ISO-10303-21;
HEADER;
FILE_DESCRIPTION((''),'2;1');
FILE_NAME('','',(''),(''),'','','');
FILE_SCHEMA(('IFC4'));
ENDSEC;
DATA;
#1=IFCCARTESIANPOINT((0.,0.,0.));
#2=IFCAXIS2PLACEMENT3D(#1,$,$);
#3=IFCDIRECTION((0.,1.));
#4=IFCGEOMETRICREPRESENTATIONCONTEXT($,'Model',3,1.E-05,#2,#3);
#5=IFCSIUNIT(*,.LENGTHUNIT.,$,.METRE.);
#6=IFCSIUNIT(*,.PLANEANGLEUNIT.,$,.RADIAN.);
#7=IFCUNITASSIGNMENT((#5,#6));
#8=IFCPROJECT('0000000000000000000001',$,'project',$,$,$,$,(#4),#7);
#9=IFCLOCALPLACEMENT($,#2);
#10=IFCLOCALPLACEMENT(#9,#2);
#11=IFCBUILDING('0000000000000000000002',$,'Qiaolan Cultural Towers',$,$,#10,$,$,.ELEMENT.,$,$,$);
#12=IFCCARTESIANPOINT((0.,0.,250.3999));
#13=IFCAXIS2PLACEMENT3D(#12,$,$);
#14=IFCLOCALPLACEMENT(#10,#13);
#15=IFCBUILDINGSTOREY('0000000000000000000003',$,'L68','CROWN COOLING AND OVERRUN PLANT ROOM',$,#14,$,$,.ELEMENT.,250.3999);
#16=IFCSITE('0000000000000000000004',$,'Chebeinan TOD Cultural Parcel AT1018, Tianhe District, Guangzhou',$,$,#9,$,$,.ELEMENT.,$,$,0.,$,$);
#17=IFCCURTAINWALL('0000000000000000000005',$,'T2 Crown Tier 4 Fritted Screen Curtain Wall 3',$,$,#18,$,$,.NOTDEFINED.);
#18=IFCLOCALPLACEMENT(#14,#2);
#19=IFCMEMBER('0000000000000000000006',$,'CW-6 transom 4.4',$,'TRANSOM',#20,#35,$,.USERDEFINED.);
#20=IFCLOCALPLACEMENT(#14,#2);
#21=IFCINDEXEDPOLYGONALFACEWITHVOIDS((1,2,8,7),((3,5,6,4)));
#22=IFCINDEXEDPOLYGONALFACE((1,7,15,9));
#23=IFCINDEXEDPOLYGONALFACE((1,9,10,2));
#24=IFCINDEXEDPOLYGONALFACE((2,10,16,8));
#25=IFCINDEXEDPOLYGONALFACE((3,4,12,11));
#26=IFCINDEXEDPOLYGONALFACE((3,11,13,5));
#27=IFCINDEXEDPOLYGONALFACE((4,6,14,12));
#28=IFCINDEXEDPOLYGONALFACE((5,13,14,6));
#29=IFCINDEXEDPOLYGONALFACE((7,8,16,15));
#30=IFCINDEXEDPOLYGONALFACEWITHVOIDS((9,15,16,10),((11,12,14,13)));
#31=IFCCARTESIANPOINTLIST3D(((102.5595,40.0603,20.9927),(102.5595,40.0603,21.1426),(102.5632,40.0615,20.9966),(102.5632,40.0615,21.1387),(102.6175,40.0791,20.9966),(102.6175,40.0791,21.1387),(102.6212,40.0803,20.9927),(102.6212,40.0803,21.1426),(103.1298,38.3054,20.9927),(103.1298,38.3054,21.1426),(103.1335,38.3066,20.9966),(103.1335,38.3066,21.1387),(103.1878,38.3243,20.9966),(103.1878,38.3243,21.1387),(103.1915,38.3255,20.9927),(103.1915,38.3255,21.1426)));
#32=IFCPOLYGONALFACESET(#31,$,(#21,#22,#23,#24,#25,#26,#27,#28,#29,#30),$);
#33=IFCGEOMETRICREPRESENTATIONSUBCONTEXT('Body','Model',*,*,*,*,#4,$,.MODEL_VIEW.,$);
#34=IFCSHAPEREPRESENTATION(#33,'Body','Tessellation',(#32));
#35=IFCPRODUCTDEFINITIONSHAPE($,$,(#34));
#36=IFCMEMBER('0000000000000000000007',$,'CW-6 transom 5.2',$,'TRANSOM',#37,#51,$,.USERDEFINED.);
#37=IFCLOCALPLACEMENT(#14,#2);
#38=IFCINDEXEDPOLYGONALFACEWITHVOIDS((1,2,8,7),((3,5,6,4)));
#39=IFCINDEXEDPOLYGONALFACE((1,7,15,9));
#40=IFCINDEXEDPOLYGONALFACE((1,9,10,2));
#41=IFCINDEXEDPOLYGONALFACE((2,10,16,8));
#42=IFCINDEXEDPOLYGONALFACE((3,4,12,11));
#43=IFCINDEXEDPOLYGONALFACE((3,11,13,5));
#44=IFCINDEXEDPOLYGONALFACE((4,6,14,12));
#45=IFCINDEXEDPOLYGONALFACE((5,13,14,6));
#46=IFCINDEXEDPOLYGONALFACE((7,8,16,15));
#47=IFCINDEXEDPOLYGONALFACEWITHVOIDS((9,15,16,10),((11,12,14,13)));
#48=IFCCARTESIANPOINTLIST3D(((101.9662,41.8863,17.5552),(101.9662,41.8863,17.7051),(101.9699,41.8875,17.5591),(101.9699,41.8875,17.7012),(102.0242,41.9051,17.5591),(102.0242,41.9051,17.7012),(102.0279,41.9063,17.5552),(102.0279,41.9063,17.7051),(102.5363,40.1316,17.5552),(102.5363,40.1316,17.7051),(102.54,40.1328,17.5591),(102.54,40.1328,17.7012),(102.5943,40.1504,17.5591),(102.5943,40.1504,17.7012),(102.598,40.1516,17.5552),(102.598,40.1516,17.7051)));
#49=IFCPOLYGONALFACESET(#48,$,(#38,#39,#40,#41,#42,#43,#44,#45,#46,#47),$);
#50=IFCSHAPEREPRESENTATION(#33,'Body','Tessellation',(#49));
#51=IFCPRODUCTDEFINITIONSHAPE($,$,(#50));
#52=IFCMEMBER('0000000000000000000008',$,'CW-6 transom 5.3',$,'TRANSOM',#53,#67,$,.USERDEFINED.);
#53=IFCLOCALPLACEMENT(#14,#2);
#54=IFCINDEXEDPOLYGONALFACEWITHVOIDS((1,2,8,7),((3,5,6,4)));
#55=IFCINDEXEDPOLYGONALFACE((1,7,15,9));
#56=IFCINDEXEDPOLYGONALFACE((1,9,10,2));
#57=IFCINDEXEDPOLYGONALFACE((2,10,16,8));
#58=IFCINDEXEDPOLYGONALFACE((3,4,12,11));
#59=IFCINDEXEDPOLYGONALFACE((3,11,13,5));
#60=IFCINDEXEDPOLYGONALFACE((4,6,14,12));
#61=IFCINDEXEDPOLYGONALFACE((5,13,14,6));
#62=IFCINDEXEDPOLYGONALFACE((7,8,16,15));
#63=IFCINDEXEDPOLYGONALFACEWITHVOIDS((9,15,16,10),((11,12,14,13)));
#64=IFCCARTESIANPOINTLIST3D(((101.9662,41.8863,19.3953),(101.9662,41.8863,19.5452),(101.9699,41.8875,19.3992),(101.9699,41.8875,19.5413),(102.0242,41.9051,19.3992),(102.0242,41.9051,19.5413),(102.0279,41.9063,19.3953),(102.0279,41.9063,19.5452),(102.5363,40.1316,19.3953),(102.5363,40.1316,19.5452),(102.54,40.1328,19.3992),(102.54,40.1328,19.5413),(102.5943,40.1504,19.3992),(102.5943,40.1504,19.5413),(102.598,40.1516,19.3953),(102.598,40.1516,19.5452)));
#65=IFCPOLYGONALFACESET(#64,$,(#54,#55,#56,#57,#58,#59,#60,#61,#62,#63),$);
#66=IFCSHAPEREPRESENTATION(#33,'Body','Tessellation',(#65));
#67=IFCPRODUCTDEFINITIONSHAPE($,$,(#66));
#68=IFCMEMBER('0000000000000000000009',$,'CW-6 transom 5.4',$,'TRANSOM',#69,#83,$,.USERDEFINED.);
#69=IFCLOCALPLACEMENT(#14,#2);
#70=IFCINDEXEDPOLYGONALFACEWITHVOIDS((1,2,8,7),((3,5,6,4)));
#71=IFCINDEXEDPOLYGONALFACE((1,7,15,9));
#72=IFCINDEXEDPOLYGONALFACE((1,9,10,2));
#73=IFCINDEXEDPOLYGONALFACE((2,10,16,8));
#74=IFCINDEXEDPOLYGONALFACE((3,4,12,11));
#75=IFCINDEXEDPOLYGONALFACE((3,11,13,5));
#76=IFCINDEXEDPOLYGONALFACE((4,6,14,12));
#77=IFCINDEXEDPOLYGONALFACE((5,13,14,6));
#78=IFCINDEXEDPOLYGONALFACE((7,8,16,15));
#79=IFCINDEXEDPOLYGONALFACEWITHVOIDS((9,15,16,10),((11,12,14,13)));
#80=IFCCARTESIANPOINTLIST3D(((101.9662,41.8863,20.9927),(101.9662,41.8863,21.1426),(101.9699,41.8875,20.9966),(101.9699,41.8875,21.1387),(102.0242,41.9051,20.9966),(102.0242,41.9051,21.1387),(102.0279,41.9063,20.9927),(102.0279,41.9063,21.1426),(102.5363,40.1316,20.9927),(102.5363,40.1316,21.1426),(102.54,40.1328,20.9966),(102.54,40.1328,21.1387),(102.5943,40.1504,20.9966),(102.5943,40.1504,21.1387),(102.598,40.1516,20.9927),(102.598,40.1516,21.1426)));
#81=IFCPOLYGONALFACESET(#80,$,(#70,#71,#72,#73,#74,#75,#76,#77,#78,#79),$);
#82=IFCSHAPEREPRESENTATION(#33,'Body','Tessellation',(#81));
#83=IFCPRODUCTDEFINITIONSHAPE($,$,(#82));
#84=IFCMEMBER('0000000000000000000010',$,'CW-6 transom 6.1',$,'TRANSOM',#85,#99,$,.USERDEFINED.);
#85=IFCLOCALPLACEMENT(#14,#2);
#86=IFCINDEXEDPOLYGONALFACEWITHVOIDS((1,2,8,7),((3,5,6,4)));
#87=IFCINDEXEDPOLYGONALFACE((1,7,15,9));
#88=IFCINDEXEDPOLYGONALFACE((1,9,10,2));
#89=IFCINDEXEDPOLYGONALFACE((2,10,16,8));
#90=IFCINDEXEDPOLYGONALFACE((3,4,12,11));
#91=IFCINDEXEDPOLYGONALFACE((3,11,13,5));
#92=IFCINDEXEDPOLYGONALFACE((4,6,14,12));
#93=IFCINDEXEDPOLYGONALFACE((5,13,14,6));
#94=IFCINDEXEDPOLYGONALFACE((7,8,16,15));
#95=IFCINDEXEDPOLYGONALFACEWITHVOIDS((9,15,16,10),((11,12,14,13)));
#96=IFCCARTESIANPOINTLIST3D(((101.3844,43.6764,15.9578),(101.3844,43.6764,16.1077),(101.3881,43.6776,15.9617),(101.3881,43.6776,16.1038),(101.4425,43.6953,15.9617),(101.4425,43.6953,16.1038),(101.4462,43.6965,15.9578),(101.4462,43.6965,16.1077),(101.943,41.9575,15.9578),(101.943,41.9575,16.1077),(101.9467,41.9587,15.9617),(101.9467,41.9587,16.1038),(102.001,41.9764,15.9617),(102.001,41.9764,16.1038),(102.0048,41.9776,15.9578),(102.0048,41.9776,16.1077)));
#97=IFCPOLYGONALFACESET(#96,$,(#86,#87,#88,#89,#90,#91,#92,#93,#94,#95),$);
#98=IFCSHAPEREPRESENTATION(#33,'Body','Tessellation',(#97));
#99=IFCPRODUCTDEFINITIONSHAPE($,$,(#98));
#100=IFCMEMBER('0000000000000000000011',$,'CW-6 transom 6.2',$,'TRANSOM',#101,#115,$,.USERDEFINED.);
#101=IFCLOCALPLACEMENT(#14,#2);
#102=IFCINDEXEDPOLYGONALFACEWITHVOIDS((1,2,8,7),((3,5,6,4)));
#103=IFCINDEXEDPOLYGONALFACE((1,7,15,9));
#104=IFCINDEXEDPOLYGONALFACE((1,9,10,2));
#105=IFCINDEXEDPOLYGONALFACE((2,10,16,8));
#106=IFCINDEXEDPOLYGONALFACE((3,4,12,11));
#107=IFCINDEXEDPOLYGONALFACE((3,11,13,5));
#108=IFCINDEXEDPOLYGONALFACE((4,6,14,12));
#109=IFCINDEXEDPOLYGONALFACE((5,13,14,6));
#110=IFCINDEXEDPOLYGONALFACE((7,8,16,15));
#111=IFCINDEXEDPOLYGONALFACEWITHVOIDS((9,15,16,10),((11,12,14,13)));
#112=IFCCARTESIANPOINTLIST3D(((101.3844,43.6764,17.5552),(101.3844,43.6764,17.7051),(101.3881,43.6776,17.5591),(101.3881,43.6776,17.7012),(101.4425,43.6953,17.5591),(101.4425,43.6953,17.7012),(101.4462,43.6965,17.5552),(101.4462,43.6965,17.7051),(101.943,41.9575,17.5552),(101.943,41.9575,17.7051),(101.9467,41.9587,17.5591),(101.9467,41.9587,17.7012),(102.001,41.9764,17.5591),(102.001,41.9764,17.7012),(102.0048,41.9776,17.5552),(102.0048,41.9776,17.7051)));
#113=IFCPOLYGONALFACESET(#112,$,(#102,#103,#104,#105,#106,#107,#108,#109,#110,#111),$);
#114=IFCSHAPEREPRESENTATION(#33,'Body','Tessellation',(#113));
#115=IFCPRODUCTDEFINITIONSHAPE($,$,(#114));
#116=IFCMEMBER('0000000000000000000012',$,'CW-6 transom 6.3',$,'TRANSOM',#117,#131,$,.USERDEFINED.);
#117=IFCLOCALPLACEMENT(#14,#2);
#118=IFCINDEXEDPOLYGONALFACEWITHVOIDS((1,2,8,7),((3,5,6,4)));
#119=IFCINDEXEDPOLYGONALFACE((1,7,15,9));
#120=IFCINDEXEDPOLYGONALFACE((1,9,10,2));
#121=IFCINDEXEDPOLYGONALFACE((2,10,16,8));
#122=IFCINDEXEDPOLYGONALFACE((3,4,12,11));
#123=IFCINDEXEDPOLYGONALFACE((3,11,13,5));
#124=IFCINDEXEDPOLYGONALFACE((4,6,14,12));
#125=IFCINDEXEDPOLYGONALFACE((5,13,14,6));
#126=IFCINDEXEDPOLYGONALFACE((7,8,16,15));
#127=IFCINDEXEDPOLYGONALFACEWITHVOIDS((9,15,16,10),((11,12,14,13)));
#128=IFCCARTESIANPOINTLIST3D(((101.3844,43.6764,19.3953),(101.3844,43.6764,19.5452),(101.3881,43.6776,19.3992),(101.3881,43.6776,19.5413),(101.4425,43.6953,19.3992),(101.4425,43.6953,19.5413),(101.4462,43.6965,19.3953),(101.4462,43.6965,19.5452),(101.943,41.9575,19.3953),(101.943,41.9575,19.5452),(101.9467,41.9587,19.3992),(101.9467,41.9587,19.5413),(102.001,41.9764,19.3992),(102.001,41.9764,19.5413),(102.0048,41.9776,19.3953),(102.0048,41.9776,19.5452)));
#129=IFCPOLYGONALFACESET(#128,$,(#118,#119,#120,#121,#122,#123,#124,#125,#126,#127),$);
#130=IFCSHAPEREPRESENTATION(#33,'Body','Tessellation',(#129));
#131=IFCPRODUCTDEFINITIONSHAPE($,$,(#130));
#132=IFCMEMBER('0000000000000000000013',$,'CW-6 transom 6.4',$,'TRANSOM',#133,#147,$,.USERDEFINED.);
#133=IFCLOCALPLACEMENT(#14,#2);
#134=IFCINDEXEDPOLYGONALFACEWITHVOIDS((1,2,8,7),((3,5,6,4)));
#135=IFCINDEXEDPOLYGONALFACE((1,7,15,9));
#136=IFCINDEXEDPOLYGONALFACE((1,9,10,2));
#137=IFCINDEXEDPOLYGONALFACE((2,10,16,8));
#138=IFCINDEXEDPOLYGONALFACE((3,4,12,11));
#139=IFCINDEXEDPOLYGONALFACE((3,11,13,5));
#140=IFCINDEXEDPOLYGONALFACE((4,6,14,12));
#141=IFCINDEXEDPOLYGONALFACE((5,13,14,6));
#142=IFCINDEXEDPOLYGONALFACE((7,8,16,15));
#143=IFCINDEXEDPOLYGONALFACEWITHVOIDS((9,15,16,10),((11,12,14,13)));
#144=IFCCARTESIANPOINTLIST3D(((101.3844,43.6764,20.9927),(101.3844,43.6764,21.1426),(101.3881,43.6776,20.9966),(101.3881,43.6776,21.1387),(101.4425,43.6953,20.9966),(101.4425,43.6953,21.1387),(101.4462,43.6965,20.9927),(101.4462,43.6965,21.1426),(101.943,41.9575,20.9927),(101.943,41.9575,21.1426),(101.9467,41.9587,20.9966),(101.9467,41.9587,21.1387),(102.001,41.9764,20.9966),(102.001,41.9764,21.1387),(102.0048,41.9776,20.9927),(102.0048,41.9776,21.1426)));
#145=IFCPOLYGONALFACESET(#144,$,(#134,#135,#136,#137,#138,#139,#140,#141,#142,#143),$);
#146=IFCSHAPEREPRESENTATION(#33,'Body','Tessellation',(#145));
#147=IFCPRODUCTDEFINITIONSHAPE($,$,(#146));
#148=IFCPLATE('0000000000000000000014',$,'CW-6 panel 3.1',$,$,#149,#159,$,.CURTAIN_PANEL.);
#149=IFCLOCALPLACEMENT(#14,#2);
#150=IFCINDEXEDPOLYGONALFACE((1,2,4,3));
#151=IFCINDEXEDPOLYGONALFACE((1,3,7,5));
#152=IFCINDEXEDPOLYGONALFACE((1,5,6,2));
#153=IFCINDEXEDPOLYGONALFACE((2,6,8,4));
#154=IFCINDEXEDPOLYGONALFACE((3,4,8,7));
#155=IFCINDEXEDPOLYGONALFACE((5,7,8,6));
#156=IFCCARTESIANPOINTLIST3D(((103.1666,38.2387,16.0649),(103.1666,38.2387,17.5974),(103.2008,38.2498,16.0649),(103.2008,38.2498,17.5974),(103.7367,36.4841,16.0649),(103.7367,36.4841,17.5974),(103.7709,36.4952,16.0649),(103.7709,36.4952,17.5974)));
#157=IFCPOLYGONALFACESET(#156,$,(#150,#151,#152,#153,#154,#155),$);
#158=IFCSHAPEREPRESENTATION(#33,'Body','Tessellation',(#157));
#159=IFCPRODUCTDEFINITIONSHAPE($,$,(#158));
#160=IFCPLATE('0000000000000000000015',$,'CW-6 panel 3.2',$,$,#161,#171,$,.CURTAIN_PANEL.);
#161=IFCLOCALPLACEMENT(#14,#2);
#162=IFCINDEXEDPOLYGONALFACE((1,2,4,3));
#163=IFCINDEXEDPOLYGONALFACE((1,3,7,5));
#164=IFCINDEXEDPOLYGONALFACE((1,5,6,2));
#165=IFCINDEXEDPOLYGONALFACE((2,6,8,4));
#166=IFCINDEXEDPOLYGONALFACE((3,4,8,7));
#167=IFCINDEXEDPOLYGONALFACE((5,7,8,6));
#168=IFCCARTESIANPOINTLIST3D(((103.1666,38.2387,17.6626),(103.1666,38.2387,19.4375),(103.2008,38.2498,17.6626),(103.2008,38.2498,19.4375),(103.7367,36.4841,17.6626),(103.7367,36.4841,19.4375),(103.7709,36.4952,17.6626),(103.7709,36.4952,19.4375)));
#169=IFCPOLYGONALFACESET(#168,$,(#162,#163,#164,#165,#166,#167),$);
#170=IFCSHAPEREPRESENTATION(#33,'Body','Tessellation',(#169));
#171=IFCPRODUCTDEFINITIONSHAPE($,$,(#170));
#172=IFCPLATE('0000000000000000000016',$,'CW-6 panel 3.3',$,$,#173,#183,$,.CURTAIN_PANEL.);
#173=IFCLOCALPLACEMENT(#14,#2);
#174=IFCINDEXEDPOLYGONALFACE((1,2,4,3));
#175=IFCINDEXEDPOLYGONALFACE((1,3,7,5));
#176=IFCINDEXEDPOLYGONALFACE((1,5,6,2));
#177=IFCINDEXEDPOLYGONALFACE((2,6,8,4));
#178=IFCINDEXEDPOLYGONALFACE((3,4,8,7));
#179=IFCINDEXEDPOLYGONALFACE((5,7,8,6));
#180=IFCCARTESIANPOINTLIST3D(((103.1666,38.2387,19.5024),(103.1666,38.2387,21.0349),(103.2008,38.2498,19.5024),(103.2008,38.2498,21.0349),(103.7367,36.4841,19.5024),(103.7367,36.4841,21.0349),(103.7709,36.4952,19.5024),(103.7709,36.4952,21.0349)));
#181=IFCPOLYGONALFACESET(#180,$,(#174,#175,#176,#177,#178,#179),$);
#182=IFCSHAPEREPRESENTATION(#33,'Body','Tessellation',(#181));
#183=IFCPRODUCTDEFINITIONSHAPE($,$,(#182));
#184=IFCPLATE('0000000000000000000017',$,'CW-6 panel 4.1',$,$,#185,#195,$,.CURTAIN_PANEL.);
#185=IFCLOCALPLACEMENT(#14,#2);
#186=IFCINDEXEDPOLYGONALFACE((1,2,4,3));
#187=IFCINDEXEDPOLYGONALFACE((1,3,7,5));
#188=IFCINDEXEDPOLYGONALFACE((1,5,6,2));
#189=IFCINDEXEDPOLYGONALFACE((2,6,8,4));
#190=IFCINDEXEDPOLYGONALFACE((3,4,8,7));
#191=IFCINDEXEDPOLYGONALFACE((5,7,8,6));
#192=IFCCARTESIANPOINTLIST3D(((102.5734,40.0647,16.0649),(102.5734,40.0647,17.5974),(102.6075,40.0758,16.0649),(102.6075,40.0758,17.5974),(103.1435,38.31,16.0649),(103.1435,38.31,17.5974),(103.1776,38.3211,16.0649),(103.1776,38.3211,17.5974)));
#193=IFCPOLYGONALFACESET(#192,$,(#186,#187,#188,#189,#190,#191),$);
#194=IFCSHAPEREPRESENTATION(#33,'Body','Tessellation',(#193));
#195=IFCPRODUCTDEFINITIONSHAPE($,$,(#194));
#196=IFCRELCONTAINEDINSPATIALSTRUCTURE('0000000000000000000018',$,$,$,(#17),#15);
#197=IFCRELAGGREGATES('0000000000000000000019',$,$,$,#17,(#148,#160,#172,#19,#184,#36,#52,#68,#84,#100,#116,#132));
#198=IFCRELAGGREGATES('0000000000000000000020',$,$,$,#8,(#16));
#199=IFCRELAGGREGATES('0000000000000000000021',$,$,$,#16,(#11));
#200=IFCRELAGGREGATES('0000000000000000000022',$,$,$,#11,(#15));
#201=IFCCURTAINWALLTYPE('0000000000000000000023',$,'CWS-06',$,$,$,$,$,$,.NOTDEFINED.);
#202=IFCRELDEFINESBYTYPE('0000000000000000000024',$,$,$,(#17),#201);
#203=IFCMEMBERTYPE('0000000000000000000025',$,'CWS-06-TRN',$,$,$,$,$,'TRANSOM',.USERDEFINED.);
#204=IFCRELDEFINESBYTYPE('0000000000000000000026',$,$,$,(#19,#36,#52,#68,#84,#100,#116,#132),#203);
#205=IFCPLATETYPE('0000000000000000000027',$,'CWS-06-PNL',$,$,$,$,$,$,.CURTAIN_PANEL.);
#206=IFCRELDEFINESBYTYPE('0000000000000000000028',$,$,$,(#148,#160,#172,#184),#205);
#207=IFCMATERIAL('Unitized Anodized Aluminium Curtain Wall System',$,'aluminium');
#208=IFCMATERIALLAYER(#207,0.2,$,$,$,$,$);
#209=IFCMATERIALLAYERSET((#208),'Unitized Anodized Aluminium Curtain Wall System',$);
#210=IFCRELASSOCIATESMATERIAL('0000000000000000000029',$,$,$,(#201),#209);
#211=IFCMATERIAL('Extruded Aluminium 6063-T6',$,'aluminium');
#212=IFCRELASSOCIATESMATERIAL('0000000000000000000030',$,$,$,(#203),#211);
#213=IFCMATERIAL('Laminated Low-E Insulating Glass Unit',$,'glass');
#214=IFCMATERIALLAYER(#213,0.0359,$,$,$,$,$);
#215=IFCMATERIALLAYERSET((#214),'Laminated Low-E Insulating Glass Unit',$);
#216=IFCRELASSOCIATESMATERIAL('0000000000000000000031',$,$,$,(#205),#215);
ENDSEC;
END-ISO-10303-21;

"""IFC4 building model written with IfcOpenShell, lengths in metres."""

from ifc_helpers import new_model, si_unit, direction, frame, origin, origin_2d, place, context, subcontext, project, spatial, rectangle, hollow_rectangle, extrude, material, layer, layer_set, material_profile, profile_set, type_object, element, aggregate, save


model = new_model("IFC4")

# Units and contexts
model_context = context("Model", 3, precision=1e-05, world=origin(), true_north=direction((0.0, 1.0)))
body_context = subcontext(model_context, "Body", "Model", "MODEL_VIEW")
ifc_project = project(units=[si_unit("LENGTHUNIT", "METRE"), si_unit("PLANEANGLEUNIT", "RADIAN")], contexts=[model_context])

# Site, building, storey
site_placement = place(None, origin())
site = spatial("IfcSite", under=ifc_project, at=site_placement, Name="Chebeinan TOD Cultural Parcel AT1018, Tianhe District, Guangzhou", CompositionType="ELEMENT", RefElevation=0.0)
building_placement = place(site_placement, origin())
building = spatial("IfcBuilding", under=site, at=building_placement, Name="Qiaolan Cultural Towers", CompositionType="ELEMENT")
storey_placement = place(building_placement, frame((0.0, 0.0, 250.3999)))
storey = spatial("IfcBuildingStorey", under=building, at=storey_placement, Name="L68", Description="CROWN COOLING AND OVERRUN PLANT ROOM", CompositionType="ELEMENT", Elevation=250.3999)

# Shared definitions
ifc_material_1 = material(Name="Unitized Anodized Aluminium Curtain Wall System", Category="aluminium")
ifc_layer_1 = layer(ifc_material_1, 0.2)
ifc_layer_set_1 = layer_set([ifc_layer_1], Name="Unitized Anodized Aluminium Curtain Wall System")
curtain_wall_type = type_object("IfcCurtainWallType", Name="CWS-06", PredefinedType="NOTDEFINED", material=ifc_layer_set_1)

# Curtain wall, members, plates
curtain_wall_1_placement = place(storey_placement, origin())
curtain_wall_1 = element("IfcCurtainWall", 1, at=curtain_wall_1_placement, inside=storey, type_object=curtain_wall_type, Name="T2 Crown Tier 4 Fritted Screen Curtain Wall 3", PredefinedType="NOTDEFINED")
ifc_material_2 = material(Name="Extruded Aluminium 6063-T6", Category="aluminium")
ifc_material_profile_1 = material_profile(ifc_material_2, hollow_rectangle(XDim=0.0649, YDim=0.1499, WallThickness=0.0039, at=origin_2d()), Name="CWT-150x65x4")
ifc_profile_set_1 = profile_set([ifc_material_profile_1], Name="Extruded Aluminium 6063-T6")
member_type_1 = type_object("IfcMemberType", Name="CWS-06-TRN", ElementType="TRANSOM", PredefinedType="USERDEFINED", material=ifc_profile_set_1)
member_1_placement = place(storey_placement, frame((103.1606, 38.3154, 21.0676), z_axis=(-0.309074, 0.951038, 0.0), x_axis=(-0.951038, -0.309074, 0.0)))
member_1 = element("IfcMember", 2, at=member_1_placement, type_object=member_type_1, Name="CW-6 transom 4.4", ObjectType="TRANSOM", PredefinedType="USERDEFINED", context=body_context, shape_type="SweptSolid", body=[
    extrude(hollow_rectangle(XDim=0.0649, YDim=0.1499, WallThickness=0.0039, at=origin_2d()), origin(), (0.0, 0.0, 1.0), 1.8452),
])
member_2_placement = place(storey_placement, frame((102.5671, 40.1416, 17.6301), z_axis=(-0.308993, 0.951064, 0.0), x_axis=(-0.951064, -0.308993, 0.0)))
member_2 = element("IfcMember", 3, at=member_2_placement, type_object=member_type_1, Name="CW-6 transom 5.2", ObjectType="TRANSOM", PredefinedType="USERDEFINED", context=body_context, shape_type="SweptSolid", body=[
    extrude(hollow_rectangle(XDim=0.0649, YDim=0.1499, WallThickness=0.0039, at=origin_2d()), origin(), (0.0, 0.0, 1.0), 1.845),
])
member_3_placement = place(storey_placement, frame((102.5671, 40.1416, 19.4702), z_axis=(-0.308993, 0.951064, 0.0), x_axis=(-0.951064, -0.308993, 0.0)))
member_3 = element("IfcMember", 4, at=member_3_placement, type_object=member_type_1, Name="CW-6 transom 5.3", ObjectType="TRANSOM", PredefinedType="USERDEFINED", context=body_context, shape_type="SweptSolid", body=[
    extrude(hollow_rectangle(XDim=0.0649, YDim=0.1499, WallThickness=0.0039, at=origin_2d()), origin(), (0.0, 0.0, 1.0), 1.845),
])
member_4_placement = place(storey_placement, frame((102.5671, 40.1416, 21.0676), z_axis=(-0.308993, 0.951064, 0.0), x_axis=(-0.951064, -0.308993, 0.0)))
member_4 = element("IfcMember", 5, at=member_4_placement, type_object=member_type_1, Name="CW-6 transom 5.4", ObjectType="TRANSOM", PredefinedType="USERDEFINED", context=body_context, shape_type="SweptSolid", body=[
    extrude(hollow_rectangle(XDim=0.0649, YDim=0.1499, WallThickness=0.0039, at=origin_2d()), origin(), (0.0, 0.0, 1.0), 1.845),
])
member_5_placement = place(storey_placement, frame((101.9739, 41.9675, 16.0327), z_axis=(-0.309046, 0.951047, 0.0), x_axis=(-0.951047, -0.309046, 0.0)))
member_5 = element("IfcMember", 6, at=member_5_placement, type_object=member_type_1, Name="CW-6 transom 6.1", ObjectType="TRANSOM", PredefinedType="USERDEFINED", context=body_context, shape_type="SweptSolid", body=[
    extrude(hollow_rectangle(XDim=0.0649, YDim=0.1499, WallThickness=0.0039, at=origin_2d()), origin(), (0.0, 0.0, 1.0), 1.8074),
])
member_6_placement = place(storey_placement, frame((101.9739, 41.9675, 17.6301), z_axis=(-0.309046, 0.951047, 0.0), x_axis=(-0.951047, -0.309046, 0.0)))
member_6 = element("IfcMember", 7, at=member_6_placement, type_object=member_type_1, Name="CW-6 transom 6.2", ObjectType="TRANSOM", PredefinedType="USERDEFINED", context=body_context, shape_type="SweptSolid", body=[
    extrude(hollow_rectangle(XDim=0.0649, YDim=0.1499, WallThickness=0.0039, at=origin_2d()), origin(), (0.0, 0.0, 1.0), 1.8074),
])
member_7_placement = place(storey_placement, frame((101.9739, 41.9675, 19.4702), z_axis=(-0.309046, 0.951047, 0.0), x_axis=(-0.951047, -0.309046, 0.0)))
member_7 = element("IfcMember", 8, at=member_7_placement, type_object=member_type_1, Name="CW-6 transom 6.3", ObjectType="TRANSOM", PredefinedType="USERDEFINED", context=body_context, shape_type="SweptSolid", body=[
    extrude(hollow_rectangle(XDim=0.0649, YDim=0.1499, WallThickness=0.0039, at=origin_2d()), origin(), (0.0, 0.0, 1.0), 1.8074),
])
member_8_placement = place(storey_placement, frame((101.9739, 41.9675, 21.0676), z_axis=(-0.309046, 0.951047, 0.0), x_axis=(-0.951047, -0.309046, 0.0)))
member_8 = element("IfcMember", 9, at=member_8_placement, type_object=member_type_1, Name="CW-6 transom 6.4", ObjectType="TRANSOM", PredefinedType="USERDEFINED", context=body_context, shape_type="SweptSolid", body=[
    extrude(hollow_rectangle(XDim=0.0649, YDim=0.1499, WallThickness=0.0039, at=origin_2d()), origin(), (0.0, 0.0, 1.0), 1.8074),
])
ifc_material_3 = material(Name="Laminated Low-E Insulating Glass Unit", Category="glass")
ifc_layer_2 = layer(ifc_material_3, 0.0359)
ifc_layer_set_2 = layer_set([ifc_layer_2], Name="Laminated Low-E Insulating Glass Unit")
plate_type = type_object("IfcPlateType", Name="CWS-06-PNL", PredefinedType="CURTAIN_PANEL", material=ifc_layer_set_2)
plate_1_placement = place(storey_placement, frame((103.4688, 37.3669, 16.0649), z_axis=(0.0, 0.0, 1.0), x_axis=(-0.309017, 0.951057, 0.0)))
plate_1 = element("IfcPlate", 10, at=plate_1_placement, type_object=plate_type, Name="CW-6 panel 3.1", PredefinedType="CURTAIN_PANEL", context=body_context, shape_type="SweptSolid", body=[
    extrude(rectangle(XDim=1.845, YDim=0.0359, at=origin_2d()), origin(), (0.0, 0.0, 1.0), 1.5325),
])
plate_2_placement = place(storey_placement, frame((103.4688, 37.3669, 17.6626), z_axis=(0.0, 0.0, 1.0), x_axis=(-0.309017, 0.951057, 0.0)))
plate_2 = element("IfcPlate", 11, at=plate_2_placement, type_object=plate_type, Name="CW-6 panel 3.2", PredefinedType="CURTAIN_PANEL", context=body_context, shape_type="SweptSolid", body=[
    extrude(rectangle(XDim=1.845, YDim=0.0359, at=origin_2d()), origin(), (0.0, 0.0, 1.0), 1.7749),
])
plate_3_placement = place(storey_placement, frame((103.4688, 37.3669, 19.5024), z_axis=(0.0, 0.0, 1.0), x_axis=(-0.309017, 0.951057, 0.0)))
plate_3 = element("IfcPlate", 12, at=plate_3_placement, type_object=plate_type, Name="CW-6 panel 3.3", PredefinedType="CURTAIN_PANEL", context=body_context, shape_type="SweptSolid", body=[
    extrude(rectangle(XDim=1.845, YDim=0.0359, at=origin_2d()), origin(), (0.0, 0.0, 1.0), 1.5325),
])
plate_4_placement = place(storey_placement, frame((102.8755, 39.1929, 16.0649), z_axis=(0.0, 0.0, 1.0), x_axis=(-0.309017, 0.951057, 0.0)))
plate_4 = element("IfcPlate", 13, at=plate_4_placement, type_object=plate_type, Name="CW-6 panel 4.1", PredefinedType="CURTAIN_PANEL", context=body_context, shape_type="SweptSolid", body=[
    extrude(rectangle(XDim=1.845, YDim=0.0359, at=origin_2d()), origin(), (0.0, 0.0, 1.0), 1.5325),
])
aggregate(curtain_wall_1, [plate_1, plate_2, plate_3, member_1, plate_4, member_2, member_3, member_4, member_5, member_6, member_7, member_8])

save(model, "model.ifc")
